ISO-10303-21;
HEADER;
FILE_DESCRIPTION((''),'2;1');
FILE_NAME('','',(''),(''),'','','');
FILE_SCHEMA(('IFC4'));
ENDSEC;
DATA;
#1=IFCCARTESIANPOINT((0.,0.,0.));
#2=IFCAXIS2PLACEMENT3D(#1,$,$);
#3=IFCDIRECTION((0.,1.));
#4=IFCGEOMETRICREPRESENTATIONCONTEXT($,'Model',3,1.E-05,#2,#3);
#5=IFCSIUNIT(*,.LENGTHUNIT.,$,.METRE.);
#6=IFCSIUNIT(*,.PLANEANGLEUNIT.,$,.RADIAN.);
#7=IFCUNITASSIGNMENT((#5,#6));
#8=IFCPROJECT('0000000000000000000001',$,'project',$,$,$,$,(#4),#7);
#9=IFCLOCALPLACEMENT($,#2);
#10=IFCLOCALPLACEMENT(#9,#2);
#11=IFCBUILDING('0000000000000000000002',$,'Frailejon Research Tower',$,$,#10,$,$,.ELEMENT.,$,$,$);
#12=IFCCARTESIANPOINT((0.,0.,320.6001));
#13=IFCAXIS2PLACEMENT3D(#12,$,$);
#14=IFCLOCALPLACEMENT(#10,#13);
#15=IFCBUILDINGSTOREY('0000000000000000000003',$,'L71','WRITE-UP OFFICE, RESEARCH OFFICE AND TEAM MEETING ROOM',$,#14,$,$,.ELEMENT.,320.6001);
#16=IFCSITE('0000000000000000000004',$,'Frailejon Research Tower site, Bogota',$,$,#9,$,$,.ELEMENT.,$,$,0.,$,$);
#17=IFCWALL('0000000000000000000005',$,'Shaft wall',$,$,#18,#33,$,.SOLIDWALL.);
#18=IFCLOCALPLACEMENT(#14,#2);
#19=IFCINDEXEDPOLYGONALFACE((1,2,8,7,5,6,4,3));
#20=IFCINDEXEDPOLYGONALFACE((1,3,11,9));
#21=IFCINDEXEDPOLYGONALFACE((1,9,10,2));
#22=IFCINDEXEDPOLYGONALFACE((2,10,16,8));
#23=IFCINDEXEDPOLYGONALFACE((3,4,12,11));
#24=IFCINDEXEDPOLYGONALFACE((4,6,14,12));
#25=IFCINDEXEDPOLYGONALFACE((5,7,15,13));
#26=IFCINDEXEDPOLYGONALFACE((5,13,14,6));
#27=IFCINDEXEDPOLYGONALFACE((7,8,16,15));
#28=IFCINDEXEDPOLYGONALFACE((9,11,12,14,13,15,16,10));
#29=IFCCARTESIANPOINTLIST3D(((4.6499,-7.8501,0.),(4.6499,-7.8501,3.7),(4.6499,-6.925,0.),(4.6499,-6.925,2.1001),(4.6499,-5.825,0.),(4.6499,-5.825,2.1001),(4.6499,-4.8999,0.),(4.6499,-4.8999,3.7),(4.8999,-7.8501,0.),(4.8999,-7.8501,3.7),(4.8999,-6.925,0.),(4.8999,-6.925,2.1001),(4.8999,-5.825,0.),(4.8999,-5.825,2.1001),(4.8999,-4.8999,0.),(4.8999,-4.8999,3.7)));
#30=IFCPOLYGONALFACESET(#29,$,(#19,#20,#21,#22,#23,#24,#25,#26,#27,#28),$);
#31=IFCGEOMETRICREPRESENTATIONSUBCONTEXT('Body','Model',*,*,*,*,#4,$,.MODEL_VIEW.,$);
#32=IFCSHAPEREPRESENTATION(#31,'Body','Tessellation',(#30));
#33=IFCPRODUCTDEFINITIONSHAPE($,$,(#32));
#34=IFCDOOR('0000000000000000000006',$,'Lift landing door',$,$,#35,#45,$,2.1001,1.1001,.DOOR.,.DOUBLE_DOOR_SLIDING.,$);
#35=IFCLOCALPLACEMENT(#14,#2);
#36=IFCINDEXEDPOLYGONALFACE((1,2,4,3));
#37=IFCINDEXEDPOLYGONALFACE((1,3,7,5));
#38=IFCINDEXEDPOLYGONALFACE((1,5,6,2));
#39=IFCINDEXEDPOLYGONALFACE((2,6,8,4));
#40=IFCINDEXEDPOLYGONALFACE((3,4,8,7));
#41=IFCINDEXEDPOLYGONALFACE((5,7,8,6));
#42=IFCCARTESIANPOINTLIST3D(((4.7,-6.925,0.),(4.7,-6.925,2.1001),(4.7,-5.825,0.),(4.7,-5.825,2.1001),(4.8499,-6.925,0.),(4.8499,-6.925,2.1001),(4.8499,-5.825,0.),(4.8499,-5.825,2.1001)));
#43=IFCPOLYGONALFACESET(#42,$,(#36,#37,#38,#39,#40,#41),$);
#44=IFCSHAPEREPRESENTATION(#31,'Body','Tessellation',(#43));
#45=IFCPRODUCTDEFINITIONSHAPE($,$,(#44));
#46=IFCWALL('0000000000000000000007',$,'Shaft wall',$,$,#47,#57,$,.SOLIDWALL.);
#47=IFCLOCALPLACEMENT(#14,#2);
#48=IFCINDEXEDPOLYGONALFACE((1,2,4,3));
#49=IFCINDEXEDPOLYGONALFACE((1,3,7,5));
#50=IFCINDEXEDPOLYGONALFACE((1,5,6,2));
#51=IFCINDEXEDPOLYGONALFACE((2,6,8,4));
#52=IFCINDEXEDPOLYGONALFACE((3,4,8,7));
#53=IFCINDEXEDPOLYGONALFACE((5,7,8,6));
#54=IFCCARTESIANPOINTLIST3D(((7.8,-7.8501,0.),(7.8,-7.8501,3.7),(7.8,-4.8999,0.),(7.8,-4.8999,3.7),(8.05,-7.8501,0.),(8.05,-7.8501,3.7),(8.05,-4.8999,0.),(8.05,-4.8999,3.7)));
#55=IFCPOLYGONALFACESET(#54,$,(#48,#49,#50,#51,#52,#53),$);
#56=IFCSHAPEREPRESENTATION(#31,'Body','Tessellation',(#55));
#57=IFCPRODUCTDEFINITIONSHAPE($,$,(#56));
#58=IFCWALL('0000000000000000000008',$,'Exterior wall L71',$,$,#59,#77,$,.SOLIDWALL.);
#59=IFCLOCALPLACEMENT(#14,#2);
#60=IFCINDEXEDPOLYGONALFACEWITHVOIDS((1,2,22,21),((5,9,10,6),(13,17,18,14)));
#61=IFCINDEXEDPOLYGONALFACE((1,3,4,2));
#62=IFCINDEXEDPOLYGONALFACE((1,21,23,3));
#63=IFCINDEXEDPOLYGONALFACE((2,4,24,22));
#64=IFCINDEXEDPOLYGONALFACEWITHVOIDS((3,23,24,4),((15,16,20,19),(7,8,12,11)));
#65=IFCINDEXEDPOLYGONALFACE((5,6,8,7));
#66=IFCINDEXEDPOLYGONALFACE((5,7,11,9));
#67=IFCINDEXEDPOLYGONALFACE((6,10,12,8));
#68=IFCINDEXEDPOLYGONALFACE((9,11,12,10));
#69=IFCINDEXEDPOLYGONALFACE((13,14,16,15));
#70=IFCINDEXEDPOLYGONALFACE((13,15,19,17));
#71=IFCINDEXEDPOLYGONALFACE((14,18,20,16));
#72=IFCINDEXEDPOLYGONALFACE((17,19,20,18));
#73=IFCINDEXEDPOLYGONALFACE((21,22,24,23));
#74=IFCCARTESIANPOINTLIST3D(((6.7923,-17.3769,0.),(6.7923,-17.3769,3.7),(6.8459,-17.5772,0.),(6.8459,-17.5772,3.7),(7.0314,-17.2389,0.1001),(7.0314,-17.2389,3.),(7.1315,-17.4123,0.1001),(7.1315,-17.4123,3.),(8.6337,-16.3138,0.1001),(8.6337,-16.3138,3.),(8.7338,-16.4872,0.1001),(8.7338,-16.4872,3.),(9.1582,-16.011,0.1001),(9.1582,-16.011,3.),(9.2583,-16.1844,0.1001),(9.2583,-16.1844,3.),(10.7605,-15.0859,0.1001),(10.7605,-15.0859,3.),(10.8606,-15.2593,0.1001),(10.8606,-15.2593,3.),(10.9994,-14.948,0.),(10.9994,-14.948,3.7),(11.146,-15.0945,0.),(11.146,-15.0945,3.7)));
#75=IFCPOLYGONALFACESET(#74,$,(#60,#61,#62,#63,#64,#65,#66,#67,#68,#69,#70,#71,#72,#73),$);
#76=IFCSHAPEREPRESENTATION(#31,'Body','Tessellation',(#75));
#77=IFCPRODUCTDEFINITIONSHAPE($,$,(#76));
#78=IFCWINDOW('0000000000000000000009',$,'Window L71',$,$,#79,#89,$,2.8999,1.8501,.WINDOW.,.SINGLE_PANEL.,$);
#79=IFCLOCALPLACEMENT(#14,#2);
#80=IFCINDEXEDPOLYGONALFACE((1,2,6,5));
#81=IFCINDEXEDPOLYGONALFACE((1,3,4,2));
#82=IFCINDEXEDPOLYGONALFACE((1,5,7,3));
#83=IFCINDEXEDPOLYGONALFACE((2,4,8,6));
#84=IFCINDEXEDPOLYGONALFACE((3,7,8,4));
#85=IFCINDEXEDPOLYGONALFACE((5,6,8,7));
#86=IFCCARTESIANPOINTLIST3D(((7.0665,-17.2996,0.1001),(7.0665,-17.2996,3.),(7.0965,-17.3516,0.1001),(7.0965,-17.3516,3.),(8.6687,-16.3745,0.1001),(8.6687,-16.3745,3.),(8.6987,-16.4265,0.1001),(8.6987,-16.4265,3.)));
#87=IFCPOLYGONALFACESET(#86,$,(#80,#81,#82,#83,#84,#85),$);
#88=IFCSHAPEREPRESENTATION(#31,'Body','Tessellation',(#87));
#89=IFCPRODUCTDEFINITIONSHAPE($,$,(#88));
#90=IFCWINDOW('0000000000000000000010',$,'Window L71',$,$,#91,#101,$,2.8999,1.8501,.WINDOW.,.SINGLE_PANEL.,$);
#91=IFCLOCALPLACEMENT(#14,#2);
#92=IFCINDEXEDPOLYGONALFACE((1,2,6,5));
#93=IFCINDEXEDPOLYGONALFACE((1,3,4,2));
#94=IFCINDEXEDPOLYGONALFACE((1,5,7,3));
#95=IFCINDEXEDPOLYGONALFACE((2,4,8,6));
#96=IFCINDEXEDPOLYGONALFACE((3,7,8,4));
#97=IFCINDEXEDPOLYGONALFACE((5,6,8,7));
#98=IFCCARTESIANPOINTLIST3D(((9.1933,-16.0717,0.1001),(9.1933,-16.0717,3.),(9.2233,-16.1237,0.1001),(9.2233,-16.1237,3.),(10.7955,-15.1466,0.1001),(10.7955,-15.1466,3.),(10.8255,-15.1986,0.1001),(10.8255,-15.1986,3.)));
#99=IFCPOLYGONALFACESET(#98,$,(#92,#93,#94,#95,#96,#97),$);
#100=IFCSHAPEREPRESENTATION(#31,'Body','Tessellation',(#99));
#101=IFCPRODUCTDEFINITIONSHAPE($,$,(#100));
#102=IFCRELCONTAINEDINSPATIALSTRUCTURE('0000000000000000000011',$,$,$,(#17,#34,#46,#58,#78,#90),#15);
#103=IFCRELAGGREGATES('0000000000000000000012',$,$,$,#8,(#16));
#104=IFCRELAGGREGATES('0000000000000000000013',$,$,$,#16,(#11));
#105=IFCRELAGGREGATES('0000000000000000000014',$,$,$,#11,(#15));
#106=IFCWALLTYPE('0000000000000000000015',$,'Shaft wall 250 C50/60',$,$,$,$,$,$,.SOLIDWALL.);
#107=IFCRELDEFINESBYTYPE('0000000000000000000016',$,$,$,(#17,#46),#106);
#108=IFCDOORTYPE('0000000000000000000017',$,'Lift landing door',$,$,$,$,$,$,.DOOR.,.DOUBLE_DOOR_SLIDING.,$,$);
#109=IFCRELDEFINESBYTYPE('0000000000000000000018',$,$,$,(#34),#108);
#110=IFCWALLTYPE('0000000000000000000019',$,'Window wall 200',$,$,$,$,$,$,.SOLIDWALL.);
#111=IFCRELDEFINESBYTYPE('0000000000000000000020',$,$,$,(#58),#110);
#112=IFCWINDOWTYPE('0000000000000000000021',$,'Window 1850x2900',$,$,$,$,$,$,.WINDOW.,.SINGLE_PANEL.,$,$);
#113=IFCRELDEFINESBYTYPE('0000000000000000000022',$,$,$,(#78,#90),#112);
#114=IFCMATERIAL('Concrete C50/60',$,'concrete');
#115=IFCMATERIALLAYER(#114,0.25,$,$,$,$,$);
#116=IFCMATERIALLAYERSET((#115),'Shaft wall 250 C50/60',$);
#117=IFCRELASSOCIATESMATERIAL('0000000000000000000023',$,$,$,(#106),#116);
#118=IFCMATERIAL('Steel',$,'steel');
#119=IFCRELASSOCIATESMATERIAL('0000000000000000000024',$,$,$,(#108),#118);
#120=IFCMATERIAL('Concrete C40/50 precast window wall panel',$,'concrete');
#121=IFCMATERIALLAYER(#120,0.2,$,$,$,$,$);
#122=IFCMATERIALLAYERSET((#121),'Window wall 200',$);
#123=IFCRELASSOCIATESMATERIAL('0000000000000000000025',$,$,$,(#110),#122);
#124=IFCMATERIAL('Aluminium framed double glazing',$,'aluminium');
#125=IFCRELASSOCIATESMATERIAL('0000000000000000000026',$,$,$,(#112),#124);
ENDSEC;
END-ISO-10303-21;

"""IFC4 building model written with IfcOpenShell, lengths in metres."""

from ifc_helpers import new_model, si_unit, direction, frame, frame_2d, origin, place, context, subcontext, project, spatial, polyline, rectangle, outline, extrude, material, layer, layer_set, type_object, element, fill, save


model = new_model("IFC4")

# Units and contexts
model_context = context("Model", 3, precision=1e-05, world=origin(), true_north=direction((0.0, 1.0)))
body_context = subcontext(model_context, "Body", "Model", "MODEL_VIEW")
ifc_project = project(units=[si_unit("LENGTHUNIT", "METRE"), si_unit("PLANEANGLEUNIT", "RADIAN")], contexts=[model_context])

# Site, building, storey
site_placement = place(None, origin())
site = spatial("IfcSite", under=ifc_project, at=site_placement, Name="Frailejon Research Tower site, Bogota", CompositionType="ELEMENT", RefElevation=0.0)
building_placement = place(site_placement, origin())
building = spatial("IfcBuilding", under=site, at=building_placement, Name="Frailejon Research Tower", CompositionType="ELEMENT")
storey_placement = place(building_placement, frame((0.0, 0.0, 320.6001)))
storey = spatial("IfcBuildingStorey", under=building, at=storey_placement, Name="L71", Description="WRITE-UP OFFICE, RESEARCH OFFICE AND TEAM MEETING ROOM", CompositionType="ELEMENT", Elevation=320.6001)

# Wall, opening, door
ifc_material_1 = material(Name="Concrete C50/60", Category="concrete")
ifc_layer_1 = layer(ifc_material_1, 0.25)
ifc_layer_set_1 = layer_set([ifc_layer_1], Name="Shaft wall 250 C50/60")
wall_type_1 = type_object("IfcWallType", Name="Shaft wall 250 C50/60", PredefinedType="SOLIDWALL", material=ifc_layer_set_1)
ifc_material_2 = material(Name="Steel", Category="steel")
door_type_1 = type_object("IfcDoorType", Name="Lift landing door", OperationType="DOUBLE_DOOR_SLIDING", PredefinedType="DOOR", material=ifc_material_2)
wall_1_placement = place(storey_placement, frame((4.7749, -7.8501, 0.0), z_axis=(0.0, 0.0, 1.0), x_axis=(0.0, 1.0, 0.0)))
wall_1 = element("IfcWall", 1, at=wall_1_placement, inside=storey, type_object=wall_type_1, Name="Shaft wall", PredefinedType="SOLIDWALL", context=body_context, shape_type="SweptSolid", body=[
    extrude(rectangle(XDim=2.9502, YDim=0.25, at=frame_2d((1.4751, 0.0))), origin(), (0.0, 0.0, 1.0), 3.7),
])
opening_1_placement = place(wall_1_placement, frame((0.925, 0.0, 0.0)))
opening_1 = element("IfcOpeningElement", 2, at=opening_1_placement, cuts=wall_1, PredefinedType="OPENING", context=body_context, shape_type="SweptSolid", body=[
    extrude(rectangle(XDim=1.1001, YDim=2.1001, at=frame_2d((0.55, 1.05))), frame((0.0, 0.135, 0.0), z_axis=(0.0, -1.0, 0.0), x_axis=(1.0, 0.0, 0.0)), (0.0, 0.0, 1.0), 0.27),
])
door_1_placement = place(opening_1_placement, origin())
door_1 = element("IfcDoor", 3, at=door_1_placement, inside=storey, type_object=door_type_1, Name="Lift landing door", OperationType="DOUBLE_DOOR_SLIDING", OverallHeight=2.1001, OverallWidth=1.1001, PredefinedType="DOOR", context=body_context, shape_type="SweptSolid", body=[
    extrude(rectangle(XDim=1.1001, YDim=2.1001, at=frame_2d((0.55, 1.05))), frame((0.0, 0.075, 0.0), z_axis=(0.0, -1.0, 0.0), x_axis=(1.0, 0.0, 0.0)), (0.0, 0.0, 1.0), 0.1499),
])
fill(opening_1, door_1)

# Wall
wall_2_placement = place(storey_placement, frame((7.925, -7.8501, 0.0), z_axis=(0.0, 0.0, 1.0), x_axis=(0.0, 1.0, 0.0)))
element("IfcWall", 4, at=wall_2_placement, inside=storey, type_object=wall_type_1, Name="Shaft wall", PredefinedType="SOLIDWALL", context=body_context, shape_type="SweptSolid", body=[
    extrude(rectangle(XDim=2.9502, YDim=0.25, at=frame_2d((1.4751, 0.0))), origin(), (0.0, 0.0, 1.0), 3.7),
])

# Wall, openings, windows
ifc_material_3 = material(Name="Concrete C40/50 precast window wall panel", Category="concrete")
ifc_layer_2 = layer(ifc_material_3, 0.2)
ifc_layer_set_2 = layer_set([ifc_layer_2], Name="Window wall 200")
wall_type_2 = type_object("IfcWallType", Name="Window wall 200", PredefinedType="SOLIDWALL", material=ifc_layer_set_2)
wall_3_placement = place(storey_placement, frame((6.8191, -17.4771, 0.0), z_axis=(0.0, 0.0, 1.0), x_axis=(0.866029, 0.499994, 0.0)))
wall_3 = element("IfcWall", 5, at=wall_3_placement, inside=storey, type_object=wall_type_2, Name="Exterior wall L71", PredefinedType="SOLIDWALL", context=body_context, shape_type="SweptSolid", body=[
    extrude(outline(polyline([(-0.0269, -0.1001), (1.2144, -0.1001), (2.4558, -0.1001), (3.6973, -0.1001), (4.9385, -0.1001), (4.8848, 0.1001), (3.6704, 0.1001), (2.4558, 0.1001), (1.2412, 0.1001), (0.0269, 0.1001), (-0.0269, -0.1001)])), origin(), (0.0, 0.0, 1.0), 3.7),
])
opening_2_placement = place(wall_3_placement, frame((0.303, 0.0, 0.1001)))
opening_2 = element("IfcOpeningElement", 6, at=opening_2_placement, cuts=wall_3, PredefinedType="OPENING", context=body_context, shape_type="SweptSolid", body=[
    extrude(rectangle(XDim=1.8501, YDim=2.8999, at=frame_2d((0.925, 1.45))), frame((0.0, 0.1099, 0.0), z_axis=(0.0, -1.0, 0.0), x_axis=(1.0, 0.0, 0.0)), (0.0, 0.0, 1.0), 0.22),
])
opening_3_placement = place(wall_3_placement, frame((2.7588, 0.0, 0.1001)))
opening_3 = element("IfcOpeningElement", 7, at=opening_3_placement, cuts=wall_3, PredefinedType="OPENING", context=body_context, shape_type="SweptSolid", body=[
    extrude(rectangle(XDim=1.8501, YDim=2.8999, at=frame_2d((0.925, 1.45))), frame((0.0, 0.1099, 0.0), z_axis=(0.0, -1.0, 0.0), x_axis=(1.0, 0.0, 0.0)), (0.0, 0.0, 1.0), 0.22),
])
ifc_material_4 = material(Name="Aluminium framed double glazing", Category="aluminium")
window_type = type_object("IfcWindowType", Name="Window 1850x2900", PartitioningType="SINGLE_PANEL", PredefinedType="WINDOW", material=ifc_material_4)
window_1_placement = place(opening_2_placement, origin())
window_1 = element("IfcWindow", 8, at=window_1_placement, inside=storey, type_object=window_type, Name="Window L71", OverallHeight=2.8999, OverallWidth=1.8501, PartitioningType="SINGLE_PANEL", PredefinedType="WINDOW", context=body_context, shape_type="SweptSolid", body=[
    extrude(rectangle(XDim=1.8501, YDim=2.8999, at=frame_2d((0.925, 1.45))), frame((0.0, 0.03, 0.0), z_axis=(0.0, -1.0, 0.0), x_axis=(1.0, 0.0, 0.0)), (0.0, 0.0, 1.0), 0.0601),
])
fill(opening_2, window_1)
window_2_placement = place(opening_3_placement, origin())
window_2 = element("IfcWindow", 9, at=window_2_placement, inside=storey, type_object=window_type, Name="Window L71", OverallHeight=2.8999, OverallWidth=1.8501, PartitioningType="SINGLE_PANEL", PredefinedType="WINDOW", context=body_context, shape_type="SweptSolid", body=[
    extrude(rectangle(XDim=1.8501, YDim=2.8999, at=frame_2d((0.925, 1.45))), frame((0.0, 0.03, 0.0), z_axis=(0.0, -1.0, 0.0), x_axis=(1.0, 0.0, 0.0)), (0.0, 0.0, 1.0), 0.0601),
])
fill(opening_3, window_2)

save(model, "model.ifc")
